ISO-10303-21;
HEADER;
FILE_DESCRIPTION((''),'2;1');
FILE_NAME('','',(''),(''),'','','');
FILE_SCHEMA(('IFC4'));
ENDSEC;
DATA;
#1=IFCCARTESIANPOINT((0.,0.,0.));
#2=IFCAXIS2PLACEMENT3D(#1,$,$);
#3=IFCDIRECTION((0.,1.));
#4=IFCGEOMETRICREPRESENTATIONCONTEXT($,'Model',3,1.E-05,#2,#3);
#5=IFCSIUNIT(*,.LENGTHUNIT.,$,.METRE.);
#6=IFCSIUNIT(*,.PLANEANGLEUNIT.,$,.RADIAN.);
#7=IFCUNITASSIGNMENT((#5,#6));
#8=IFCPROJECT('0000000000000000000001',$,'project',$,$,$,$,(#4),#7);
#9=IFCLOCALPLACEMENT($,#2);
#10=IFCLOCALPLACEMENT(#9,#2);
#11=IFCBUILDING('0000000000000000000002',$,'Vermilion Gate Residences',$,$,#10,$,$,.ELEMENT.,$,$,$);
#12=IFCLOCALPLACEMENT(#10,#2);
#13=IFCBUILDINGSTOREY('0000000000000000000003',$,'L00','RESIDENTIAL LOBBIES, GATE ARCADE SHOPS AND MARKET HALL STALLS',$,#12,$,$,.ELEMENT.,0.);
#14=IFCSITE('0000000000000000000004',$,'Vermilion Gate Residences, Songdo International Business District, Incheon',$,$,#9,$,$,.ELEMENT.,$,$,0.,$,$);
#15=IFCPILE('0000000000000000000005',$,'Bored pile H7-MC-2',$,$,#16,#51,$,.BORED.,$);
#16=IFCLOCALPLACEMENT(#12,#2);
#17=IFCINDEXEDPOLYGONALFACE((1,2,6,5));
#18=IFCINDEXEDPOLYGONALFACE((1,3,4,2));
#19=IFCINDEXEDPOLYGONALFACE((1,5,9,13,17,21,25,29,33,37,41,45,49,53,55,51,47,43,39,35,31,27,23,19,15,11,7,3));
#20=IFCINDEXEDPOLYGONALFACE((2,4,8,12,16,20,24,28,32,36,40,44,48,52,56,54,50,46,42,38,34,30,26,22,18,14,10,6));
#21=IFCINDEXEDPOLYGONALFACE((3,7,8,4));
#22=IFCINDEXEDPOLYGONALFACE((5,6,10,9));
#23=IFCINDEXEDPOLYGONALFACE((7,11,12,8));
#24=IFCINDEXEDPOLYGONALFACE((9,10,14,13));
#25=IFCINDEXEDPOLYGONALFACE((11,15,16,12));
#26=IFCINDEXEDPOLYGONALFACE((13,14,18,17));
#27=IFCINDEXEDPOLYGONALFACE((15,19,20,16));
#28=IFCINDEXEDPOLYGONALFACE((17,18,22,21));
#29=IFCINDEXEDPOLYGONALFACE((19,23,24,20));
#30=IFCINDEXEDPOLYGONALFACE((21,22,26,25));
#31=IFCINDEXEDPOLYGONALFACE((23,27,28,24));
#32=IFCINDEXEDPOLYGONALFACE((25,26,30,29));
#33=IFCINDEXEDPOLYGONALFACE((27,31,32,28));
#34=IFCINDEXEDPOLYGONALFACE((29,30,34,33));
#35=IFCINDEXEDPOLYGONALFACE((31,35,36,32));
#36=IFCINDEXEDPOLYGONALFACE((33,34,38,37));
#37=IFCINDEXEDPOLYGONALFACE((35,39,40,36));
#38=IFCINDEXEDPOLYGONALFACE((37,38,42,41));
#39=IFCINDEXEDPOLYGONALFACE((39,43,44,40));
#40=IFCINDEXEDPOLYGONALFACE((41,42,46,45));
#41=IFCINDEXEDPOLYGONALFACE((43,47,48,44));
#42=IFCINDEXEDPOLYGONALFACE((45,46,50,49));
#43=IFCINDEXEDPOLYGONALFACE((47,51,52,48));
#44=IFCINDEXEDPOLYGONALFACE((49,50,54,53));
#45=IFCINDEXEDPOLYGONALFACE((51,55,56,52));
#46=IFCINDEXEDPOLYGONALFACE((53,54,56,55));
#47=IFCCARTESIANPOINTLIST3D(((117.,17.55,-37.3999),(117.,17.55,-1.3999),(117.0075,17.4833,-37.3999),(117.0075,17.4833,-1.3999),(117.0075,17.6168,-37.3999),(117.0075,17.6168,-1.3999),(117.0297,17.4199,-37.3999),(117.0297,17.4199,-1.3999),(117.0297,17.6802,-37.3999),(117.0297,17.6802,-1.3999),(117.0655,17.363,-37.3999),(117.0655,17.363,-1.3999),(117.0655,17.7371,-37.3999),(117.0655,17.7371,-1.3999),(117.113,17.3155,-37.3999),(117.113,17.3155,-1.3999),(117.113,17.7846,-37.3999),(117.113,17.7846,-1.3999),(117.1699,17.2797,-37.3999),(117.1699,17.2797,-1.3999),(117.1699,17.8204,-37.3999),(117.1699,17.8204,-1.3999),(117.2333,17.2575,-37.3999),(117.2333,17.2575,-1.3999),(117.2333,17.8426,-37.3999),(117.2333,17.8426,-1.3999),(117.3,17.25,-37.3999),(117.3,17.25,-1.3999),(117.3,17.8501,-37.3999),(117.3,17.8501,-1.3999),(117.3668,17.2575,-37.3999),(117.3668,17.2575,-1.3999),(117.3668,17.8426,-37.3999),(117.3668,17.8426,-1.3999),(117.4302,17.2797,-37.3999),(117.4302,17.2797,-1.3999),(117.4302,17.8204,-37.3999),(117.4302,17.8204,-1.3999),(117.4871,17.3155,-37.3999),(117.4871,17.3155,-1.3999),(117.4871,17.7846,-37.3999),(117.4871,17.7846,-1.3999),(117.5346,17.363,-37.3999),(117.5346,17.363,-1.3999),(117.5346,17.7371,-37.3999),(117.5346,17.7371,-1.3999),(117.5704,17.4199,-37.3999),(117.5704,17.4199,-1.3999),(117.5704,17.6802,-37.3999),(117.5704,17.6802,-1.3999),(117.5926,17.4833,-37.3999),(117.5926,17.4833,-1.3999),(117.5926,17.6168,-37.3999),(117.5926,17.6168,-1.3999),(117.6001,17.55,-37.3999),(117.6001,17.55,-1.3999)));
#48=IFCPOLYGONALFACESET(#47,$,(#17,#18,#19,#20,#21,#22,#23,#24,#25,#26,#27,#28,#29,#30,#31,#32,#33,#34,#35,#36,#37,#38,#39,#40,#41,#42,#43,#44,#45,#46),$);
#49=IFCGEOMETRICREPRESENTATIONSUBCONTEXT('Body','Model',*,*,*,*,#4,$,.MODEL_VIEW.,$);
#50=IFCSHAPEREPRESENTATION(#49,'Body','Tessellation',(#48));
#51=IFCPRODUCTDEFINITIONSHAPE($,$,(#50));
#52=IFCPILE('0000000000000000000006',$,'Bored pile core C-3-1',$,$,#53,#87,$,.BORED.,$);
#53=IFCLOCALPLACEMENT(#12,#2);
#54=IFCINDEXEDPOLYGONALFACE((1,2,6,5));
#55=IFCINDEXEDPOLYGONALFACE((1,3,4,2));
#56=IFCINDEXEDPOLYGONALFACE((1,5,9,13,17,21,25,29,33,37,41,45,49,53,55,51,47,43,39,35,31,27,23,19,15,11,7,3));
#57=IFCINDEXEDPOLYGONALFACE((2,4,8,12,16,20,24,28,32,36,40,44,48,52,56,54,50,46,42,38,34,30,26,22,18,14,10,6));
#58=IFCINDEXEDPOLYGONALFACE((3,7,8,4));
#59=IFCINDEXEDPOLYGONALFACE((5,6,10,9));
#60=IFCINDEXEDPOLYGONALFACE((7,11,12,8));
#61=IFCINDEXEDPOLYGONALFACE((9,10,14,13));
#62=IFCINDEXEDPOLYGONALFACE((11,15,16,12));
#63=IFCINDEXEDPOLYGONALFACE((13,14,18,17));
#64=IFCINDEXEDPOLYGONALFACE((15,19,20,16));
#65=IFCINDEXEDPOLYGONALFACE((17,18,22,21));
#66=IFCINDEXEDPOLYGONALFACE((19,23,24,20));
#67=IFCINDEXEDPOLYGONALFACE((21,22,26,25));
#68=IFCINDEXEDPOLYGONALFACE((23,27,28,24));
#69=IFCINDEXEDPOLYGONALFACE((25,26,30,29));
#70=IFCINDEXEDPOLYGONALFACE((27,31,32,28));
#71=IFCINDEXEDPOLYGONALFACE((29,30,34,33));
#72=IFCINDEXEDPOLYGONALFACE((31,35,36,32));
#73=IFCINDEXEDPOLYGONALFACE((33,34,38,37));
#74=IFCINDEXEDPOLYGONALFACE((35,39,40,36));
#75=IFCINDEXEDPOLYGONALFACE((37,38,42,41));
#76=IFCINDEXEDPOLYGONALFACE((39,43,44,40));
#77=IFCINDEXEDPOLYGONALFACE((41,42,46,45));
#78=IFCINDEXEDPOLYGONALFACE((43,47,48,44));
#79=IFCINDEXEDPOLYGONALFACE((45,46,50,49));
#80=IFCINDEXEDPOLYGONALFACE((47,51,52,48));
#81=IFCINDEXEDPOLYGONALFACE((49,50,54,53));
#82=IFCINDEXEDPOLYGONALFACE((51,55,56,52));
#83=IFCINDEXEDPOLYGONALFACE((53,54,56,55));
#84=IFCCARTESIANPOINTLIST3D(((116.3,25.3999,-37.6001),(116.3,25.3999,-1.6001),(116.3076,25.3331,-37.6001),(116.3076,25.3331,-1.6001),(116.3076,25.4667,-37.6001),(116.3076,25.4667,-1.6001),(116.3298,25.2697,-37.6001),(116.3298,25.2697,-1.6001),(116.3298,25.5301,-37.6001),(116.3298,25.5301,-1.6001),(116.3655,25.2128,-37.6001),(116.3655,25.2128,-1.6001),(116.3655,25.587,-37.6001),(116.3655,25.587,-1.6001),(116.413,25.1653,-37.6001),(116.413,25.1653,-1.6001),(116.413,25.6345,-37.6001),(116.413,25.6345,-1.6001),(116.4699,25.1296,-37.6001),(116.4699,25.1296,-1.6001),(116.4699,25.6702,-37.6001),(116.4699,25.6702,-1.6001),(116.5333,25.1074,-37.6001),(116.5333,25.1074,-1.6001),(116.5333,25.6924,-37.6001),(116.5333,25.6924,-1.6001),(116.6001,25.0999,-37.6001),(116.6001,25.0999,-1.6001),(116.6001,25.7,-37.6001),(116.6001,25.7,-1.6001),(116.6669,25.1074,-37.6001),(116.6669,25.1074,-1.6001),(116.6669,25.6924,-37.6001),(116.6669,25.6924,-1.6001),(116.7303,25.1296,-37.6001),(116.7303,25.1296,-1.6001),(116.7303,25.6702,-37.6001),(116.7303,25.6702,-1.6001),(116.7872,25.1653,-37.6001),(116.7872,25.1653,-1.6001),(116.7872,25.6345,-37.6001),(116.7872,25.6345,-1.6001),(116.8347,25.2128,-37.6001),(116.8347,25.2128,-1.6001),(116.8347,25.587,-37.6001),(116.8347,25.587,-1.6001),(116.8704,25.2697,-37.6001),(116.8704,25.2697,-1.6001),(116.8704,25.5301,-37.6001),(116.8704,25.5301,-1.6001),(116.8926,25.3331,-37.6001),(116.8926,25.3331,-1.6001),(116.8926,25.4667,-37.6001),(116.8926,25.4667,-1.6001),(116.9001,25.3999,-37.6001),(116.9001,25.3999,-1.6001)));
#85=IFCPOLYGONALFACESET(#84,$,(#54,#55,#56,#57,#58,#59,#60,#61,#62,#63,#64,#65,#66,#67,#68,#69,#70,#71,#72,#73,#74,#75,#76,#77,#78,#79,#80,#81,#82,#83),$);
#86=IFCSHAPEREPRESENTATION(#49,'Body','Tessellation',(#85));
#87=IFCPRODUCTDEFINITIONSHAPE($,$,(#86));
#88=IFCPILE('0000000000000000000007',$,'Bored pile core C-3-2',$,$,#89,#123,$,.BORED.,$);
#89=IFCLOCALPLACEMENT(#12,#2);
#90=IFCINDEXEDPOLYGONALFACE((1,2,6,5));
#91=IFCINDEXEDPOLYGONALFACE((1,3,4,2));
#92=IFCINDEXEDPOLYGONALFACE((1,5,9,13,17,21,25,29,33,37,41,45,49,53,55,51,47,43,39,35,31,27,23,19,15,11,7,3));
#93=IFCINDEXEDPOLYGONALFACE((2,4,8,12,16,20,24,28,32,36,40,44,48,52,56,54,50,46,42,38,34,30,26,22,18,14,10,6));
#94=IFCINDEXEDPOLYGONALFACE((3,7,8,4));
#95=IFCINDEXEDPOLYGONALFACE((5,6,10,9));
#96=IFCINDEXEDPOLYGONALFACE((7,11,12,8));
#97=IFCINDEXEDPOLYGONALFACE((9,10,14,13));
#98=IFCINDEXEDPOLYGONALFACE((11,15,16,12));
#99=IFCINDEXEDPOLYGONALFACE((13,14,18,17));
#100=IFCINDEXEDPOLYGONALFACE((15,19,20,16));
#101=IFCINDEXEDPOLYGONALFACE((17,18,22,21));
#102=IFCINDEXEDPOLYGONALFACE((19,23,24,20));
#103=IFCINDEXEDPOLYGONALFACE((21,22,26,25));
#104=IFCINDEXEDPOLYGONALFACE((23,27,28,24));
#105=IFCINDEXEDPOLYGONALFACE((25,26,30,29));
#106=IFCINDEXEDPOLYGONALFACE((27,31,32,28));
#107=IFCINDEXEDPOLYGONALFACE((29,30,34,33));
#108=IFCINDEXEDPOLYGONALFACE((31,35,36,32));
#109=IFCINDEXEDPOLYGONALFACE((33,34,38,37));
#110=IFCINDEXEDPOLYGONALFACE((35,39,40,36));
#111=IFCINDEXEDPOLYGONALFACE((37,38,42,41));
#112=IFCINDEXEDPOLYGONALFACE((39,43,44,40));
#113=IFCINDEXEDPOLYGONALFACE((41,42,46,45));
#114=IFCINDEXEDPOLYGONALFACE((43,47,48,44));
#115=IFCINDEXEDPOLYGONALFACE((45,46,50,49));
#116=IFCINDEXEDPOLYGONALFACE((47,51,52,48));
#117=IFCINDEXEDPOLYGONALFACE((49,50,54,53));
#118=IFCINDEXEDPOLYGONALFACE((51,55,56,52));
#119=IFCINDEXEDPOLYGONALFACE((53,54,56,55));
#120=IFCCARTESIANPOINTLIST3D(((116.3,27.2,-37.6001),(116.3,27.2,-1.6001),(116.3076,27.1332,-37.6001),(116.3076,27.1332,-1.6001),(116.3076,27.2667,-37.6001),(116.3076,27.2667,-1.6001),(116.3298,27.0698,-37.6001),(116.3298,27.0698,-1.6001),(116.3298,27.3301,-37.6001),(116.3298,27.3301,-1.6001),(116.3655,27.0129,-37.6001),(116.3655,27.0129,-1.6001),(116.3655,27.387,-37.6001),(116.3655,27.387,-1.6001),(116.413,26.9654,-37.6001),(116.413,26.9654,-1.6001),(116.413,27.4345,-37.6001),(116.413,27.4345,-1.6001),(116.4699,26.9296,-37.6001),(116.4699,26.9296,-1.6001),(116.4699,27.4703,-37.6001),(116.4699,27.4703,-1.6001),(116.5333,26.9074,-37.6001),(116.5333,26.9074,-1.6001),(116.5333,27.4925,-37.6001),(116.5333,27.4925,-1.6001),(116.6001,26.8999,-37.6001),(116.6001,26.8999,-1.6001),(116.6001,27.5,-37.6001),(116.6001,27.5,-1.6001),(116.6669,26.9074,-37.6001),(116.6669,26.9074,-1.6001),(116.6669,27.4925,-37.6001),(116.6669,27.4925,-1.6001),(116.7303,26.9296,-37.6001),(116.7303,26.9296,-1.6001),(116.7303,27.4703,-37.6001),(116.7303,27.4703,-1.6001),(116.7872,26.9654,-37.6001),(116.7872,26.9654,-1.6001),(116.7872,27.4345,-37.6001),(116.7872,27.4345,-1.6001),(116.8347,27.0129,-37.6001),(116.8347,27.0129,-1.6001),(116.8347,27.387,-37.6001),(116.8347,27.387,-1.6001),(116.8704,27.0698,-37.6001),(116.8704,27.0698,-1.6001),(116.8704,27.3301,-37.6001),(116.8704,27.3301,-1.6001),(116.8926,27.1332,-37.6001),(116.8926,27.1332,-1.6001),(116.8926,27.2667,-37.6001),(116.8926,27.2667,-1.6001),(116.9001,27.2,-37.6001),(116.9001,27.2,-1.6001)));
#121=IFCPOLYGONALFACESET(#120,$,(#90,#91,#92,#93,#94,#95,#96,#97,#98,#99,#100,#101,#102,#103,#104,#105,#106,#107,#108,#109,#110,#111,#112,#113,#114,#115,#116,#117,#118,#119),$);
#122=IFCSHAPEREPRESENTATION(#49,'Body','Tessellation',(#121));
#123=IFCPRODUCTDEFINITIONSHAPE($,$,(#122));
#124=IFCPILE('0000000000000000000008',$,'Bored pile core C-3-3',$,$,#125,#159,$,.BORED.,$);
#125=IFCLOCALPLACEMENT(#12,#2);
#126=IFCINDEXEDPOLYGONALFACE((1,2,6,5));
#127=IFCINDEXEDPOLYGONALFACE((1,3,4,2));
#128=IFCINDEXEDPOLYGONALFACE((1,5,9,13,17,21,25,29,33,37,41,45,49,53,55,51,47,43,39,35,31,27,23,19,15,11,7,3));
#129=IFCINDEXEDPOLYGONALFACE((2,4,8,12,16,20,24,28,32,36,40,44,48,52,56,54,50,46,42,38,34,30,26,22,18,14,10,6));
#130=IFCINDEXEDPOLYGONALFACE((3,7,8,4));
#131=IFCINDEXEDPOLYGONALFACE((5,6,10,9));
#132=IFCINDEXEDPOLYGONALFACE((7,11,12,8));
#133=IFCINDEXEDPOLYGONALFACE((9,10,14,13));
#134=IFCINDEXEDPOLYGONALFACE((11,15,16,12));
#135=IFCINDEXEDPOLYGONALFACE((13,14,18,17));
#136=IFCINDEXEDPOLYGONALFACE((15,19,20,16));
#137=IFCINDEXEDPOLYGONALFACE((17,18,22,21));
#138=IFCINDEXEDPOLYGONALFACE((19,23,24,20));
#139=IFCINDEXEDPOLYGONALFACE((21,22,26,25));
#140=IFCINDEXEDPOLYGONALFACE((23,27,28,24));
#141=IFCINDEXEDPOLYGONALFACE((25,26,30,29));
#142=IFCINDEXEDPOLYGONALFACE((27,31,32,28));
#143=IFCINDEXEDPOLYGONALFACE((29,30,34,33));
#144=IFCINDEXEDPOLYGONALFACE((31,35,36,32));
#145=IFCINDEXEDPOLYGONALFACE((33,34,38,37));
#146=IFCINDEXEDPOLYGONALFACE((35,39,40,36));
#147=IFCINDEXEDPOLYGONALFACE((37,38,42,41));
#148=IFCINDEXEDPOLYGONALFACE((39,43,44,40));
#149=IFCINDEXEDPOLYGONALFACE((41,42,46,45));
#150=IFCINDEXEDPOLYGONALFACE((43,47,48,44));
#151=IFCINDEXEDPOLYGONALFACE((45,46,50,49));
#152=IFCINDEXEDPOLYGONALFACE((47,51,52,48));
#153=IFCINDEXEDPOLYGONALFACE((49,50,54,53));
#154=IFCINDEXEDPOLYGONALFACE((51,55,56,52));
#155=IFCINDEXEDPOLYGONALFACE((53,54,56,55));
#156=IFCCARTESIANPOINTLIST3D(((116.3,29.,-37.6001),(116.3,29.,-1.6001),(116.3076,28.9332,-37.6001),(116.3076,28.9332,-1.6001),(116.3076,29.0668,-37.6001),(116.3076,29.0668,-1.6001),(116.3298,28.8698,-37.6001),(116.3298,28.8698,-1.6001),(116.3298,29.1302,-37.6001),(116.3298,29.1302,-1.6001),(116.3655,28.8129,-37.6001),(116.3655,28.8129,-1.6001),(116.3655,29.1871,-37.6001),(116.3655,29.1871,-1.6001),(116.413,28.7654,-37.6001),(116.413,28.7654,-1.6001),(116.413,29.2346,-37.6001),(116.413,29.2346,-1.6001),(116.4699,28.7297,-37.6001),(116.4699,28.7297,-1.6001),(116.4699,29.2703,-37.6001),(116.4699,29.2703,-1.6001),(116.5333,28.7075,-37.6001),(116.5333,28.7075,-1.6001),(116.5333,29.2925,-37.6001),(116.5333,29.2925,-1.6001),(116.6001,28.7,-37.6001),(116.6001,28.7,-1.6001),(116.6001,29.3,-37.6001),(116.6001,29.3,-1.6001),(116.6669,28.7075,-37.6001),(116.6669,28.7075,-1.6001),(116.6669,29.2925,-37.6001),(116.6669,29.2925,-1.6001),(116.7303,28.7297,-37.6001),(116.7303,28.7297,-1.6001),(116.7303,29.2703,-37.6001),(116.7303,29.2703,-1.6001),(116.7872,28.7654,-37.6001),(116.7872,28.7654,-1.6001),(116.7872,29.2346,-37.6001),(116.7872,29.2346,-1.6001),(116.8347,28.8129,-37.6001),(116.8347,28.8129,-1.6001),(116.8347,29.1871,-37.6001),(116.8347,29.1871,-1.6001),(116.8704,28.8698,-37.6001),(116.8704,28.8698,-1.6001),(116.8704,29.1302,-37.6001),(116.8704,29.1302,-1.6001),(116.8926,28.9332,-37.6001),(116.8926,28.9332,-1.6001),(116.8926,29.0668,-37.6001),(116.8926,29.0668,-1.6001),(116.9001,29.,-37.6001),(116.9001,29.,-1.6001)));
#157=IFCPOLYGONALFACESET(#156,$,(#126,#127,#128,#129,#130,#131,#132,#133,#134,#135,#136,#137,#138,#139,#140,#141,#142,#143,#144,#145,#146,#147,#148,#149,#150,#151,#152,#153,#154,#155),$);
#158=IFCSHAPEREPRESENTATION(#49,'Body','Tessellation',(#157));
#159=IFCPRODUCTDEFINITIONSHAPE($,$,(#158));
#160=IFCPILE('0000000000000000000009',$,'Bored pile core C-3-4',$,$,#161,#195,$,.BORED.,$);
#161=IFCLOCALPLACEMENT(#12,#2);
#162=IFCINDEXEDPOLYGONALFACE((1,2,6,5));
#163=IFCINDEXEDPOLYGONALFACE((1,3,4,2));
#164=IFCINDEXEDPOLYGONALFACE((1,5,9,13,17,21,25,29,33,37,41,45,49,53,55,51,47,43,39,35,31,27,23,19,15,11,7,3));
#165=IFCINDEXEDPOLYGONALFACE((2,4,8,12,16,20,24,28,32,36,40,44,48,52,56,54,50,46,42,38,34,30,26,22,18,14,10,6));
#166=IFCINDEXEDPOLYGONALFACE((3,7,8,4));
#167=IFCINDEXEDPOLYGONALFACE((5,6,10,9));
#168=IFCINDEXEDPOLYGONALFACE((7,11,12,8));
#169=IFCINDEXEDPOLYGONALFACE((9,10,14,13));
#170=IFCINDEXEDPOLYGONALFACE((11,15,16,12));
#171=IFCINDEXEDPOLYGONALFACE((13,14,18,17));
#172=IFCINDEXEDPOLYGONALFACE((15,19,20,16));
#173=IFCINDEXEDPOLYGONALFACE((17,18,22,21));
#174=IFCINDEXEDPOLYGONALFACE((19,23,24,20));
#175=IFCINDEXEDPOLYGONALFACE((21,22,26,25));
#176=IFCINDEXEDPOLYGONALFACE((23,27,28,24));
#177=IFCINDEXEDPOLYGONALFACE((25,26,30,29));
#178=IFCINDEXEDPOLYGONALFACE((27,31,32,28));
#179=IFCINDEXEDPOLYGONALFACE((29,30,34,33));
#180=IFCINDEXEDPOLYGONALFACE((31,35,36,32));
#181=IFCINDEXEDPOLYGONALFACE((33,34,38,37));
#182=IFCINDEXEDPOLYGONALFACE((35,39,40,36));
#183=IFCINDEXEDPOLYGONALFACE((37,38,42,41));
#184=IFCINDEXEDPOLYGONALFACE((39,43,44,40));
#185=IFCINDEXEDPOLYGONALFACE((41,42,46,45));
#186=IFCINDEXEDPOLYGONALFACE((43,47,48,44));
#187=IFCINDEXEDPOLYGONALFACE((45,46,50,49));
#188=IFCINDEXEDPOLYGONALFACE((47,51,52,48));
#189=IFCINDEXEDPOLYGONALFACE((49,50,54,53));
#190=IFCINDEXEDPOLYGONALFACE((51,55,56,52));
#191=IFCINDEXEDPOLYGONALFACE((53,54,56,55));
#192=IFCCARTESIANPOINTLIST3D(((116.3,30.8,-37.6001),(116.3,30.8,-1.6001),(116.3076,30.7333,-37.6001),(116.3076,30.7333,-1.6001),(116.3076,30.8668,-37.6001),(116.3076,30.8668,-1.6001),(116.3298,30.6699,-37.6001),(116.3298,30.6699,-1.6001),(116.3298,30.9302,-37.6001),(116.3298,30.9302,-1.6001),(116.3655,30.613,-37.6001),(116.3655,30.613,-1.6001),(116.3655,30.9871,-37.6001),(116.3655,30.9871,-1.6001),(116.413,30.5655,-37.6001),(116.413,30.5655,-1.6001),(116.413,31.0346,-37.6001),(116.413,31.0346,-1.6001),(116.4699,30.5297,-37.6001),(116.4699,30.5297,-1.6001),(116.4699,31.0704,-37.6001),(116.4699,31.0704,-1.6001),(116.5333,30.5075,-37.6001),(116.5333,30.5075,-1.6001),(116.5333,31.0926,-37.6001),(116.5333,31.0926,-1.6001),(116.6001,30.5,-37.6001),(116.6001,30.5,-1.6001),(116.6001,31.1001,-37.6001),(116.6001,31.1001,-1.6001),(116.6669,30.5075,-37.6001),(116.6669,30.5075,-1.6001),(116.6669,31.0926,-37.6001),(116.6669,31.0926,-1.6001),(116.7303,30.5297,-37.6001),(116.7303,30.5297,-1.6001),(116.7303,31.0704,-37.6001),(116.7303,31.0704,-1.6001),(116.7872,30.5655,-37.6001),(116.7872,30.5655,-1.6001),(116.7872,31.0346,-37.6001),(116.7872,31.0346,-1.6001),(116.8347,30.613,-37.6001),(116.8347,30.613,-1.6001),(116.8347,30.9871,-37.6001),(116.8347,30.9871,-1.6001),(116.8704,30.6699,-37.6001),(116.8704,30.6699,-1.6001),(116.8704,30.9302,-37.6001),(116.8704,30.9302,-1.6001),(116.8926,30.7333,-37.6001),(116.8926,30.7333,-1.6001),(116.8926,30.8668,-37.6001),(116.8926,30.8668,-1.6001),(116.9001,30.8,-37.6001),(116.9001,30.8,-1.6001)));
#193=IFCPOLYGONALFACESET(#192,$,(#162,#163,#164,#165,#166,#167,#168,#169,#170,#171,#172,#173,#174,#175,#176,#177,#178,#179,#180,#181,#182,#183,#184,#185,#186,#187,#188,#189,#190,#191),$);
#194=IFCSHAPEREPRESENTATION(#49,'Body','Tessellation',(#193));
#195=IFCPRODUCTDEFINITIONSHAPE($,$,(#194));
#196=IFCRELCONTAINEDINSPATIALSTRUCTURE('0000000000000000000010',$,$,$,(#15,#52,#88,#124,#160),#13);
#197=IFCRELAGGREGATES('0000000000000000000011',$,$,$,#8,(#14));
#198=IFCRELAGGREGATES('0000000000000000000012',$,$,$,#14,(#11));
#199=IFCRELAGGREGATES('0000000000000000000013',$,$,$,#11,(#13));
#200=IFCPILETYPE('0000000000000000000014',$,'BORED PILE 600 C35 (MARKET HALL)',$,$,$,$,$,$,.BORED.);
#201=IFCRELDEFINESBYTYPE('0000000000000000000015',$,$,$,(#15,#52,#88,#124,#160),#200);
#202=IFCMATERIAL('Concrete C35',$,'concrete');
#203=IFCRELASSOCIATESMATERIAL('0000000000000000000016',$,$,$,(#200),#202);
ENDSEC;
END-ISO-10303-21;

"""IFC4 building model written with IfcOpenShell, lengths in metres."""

from ifc_helpers import new_model, si_unit, direction, frame, origin, origin_2d, place, context, subcontext, project, spatial, circle, extrude, material, material_profile, profile_set, type_object, element, save


model = new_model("IFC4")

# Units and contexts
model_context = context("Model", 3, precision=1e-05, world=origin(), true_north=direction((0.0, 1.0)))
body_context = subcontext(model_context, "Body", "Model", "MODEL_VIEW")
ifc_project = project(units=[si_unit("LENGTHUNIT", "METRE"), si_unit("PLANEANGLEUNIT", "RADIAN")], contexts=[model_context])

# Site, building, storey
site_placement = place(None, origin())
site = spatial("IfcSite", under=ifc_project, at=site_placement, Name="Vermilion Gate Residences, Songdo International Business District, Incheon", CompositionType="ELEMENT", RefElevation=0.0)
building_placement = place(site_placement, origin())
building = spatial("IfcBuilding", under=site, at=building_placement, Name="Vermilion Gate Residences", CompositionType="ELEMENT")
storey_placement = place(building_placement, origin())
storey = spatial("IfcBuildingStorey", under=building, at=storey_placement, Name="L00", Description="RESIDENTIAL LOBBIES, GATE ARCADE SHOPS AND MARKET HALL STALLS", CompositionType="ELEMENT", Elevation=0.0)

# Piles
ifc_material_1 = material(Name="Concrete C35", Category="concrete")
ifc_material_profile_1 = material_profile(ifc_material_1, circle(Radius=0.3, at=origin_2d()), Name="BORED PILE 600 C35 (MARKET HALL)")
ifc_profile_set_1 = profile_set([ifc_material_profile_1], Name="Concrete C35")
pile_type = type_object("IfcPileType", Name="BORED PILE 600 C35 (MARKET HALL)", PredefinedType="BORED", material=ifc_profile_set_1)
for number, where, z_axis, x_axis, name in (
    (1, (117.3, 17.55, -1.3999), (0.0, 0.0, -1.0), (1.0, 0.0, 0.0), "Bored pile H7-MC-2"),
    (2, (116.6001, 25.3999, -1.6001), (0.0, 0.0, -1.0), (1.0, 0.0, 0.0), "Bored pile core C-3-1"),
    (3, (116.6001, 27.2, -1.6001), (0.0, 0.0, -1.0), (1.0, 0.0, 0.0), "Bored pile core C-3-2"),
    (4, (116.6001, 29.0, -1.6001), (0.0, 0.0, -1.0), (1.0, 0.0, 0.0), "Bored pile core C-3-3"),
    (5, (116.6001, 30.8, -1.6001), (0.0, 0.0, -1.0), (1.0, 0.0, 0.0), "Bored pile core C-3-4"),
):
    element("IfcPile", number, at=place(storey_placement, frame(where, z_axis=z_axis, x_axis=x_axis)), inside=storey, type_object=pile_type, Name=name, PredefinedType="BORED", context=body_context, shape_type="SweptSolid", body=[
        extrude(circle(Radius=0.3, at=origin_2d()), origin(), (0.0, 0.0, 1.0), 36.0),
    ])

save(model, "model.ifc")
